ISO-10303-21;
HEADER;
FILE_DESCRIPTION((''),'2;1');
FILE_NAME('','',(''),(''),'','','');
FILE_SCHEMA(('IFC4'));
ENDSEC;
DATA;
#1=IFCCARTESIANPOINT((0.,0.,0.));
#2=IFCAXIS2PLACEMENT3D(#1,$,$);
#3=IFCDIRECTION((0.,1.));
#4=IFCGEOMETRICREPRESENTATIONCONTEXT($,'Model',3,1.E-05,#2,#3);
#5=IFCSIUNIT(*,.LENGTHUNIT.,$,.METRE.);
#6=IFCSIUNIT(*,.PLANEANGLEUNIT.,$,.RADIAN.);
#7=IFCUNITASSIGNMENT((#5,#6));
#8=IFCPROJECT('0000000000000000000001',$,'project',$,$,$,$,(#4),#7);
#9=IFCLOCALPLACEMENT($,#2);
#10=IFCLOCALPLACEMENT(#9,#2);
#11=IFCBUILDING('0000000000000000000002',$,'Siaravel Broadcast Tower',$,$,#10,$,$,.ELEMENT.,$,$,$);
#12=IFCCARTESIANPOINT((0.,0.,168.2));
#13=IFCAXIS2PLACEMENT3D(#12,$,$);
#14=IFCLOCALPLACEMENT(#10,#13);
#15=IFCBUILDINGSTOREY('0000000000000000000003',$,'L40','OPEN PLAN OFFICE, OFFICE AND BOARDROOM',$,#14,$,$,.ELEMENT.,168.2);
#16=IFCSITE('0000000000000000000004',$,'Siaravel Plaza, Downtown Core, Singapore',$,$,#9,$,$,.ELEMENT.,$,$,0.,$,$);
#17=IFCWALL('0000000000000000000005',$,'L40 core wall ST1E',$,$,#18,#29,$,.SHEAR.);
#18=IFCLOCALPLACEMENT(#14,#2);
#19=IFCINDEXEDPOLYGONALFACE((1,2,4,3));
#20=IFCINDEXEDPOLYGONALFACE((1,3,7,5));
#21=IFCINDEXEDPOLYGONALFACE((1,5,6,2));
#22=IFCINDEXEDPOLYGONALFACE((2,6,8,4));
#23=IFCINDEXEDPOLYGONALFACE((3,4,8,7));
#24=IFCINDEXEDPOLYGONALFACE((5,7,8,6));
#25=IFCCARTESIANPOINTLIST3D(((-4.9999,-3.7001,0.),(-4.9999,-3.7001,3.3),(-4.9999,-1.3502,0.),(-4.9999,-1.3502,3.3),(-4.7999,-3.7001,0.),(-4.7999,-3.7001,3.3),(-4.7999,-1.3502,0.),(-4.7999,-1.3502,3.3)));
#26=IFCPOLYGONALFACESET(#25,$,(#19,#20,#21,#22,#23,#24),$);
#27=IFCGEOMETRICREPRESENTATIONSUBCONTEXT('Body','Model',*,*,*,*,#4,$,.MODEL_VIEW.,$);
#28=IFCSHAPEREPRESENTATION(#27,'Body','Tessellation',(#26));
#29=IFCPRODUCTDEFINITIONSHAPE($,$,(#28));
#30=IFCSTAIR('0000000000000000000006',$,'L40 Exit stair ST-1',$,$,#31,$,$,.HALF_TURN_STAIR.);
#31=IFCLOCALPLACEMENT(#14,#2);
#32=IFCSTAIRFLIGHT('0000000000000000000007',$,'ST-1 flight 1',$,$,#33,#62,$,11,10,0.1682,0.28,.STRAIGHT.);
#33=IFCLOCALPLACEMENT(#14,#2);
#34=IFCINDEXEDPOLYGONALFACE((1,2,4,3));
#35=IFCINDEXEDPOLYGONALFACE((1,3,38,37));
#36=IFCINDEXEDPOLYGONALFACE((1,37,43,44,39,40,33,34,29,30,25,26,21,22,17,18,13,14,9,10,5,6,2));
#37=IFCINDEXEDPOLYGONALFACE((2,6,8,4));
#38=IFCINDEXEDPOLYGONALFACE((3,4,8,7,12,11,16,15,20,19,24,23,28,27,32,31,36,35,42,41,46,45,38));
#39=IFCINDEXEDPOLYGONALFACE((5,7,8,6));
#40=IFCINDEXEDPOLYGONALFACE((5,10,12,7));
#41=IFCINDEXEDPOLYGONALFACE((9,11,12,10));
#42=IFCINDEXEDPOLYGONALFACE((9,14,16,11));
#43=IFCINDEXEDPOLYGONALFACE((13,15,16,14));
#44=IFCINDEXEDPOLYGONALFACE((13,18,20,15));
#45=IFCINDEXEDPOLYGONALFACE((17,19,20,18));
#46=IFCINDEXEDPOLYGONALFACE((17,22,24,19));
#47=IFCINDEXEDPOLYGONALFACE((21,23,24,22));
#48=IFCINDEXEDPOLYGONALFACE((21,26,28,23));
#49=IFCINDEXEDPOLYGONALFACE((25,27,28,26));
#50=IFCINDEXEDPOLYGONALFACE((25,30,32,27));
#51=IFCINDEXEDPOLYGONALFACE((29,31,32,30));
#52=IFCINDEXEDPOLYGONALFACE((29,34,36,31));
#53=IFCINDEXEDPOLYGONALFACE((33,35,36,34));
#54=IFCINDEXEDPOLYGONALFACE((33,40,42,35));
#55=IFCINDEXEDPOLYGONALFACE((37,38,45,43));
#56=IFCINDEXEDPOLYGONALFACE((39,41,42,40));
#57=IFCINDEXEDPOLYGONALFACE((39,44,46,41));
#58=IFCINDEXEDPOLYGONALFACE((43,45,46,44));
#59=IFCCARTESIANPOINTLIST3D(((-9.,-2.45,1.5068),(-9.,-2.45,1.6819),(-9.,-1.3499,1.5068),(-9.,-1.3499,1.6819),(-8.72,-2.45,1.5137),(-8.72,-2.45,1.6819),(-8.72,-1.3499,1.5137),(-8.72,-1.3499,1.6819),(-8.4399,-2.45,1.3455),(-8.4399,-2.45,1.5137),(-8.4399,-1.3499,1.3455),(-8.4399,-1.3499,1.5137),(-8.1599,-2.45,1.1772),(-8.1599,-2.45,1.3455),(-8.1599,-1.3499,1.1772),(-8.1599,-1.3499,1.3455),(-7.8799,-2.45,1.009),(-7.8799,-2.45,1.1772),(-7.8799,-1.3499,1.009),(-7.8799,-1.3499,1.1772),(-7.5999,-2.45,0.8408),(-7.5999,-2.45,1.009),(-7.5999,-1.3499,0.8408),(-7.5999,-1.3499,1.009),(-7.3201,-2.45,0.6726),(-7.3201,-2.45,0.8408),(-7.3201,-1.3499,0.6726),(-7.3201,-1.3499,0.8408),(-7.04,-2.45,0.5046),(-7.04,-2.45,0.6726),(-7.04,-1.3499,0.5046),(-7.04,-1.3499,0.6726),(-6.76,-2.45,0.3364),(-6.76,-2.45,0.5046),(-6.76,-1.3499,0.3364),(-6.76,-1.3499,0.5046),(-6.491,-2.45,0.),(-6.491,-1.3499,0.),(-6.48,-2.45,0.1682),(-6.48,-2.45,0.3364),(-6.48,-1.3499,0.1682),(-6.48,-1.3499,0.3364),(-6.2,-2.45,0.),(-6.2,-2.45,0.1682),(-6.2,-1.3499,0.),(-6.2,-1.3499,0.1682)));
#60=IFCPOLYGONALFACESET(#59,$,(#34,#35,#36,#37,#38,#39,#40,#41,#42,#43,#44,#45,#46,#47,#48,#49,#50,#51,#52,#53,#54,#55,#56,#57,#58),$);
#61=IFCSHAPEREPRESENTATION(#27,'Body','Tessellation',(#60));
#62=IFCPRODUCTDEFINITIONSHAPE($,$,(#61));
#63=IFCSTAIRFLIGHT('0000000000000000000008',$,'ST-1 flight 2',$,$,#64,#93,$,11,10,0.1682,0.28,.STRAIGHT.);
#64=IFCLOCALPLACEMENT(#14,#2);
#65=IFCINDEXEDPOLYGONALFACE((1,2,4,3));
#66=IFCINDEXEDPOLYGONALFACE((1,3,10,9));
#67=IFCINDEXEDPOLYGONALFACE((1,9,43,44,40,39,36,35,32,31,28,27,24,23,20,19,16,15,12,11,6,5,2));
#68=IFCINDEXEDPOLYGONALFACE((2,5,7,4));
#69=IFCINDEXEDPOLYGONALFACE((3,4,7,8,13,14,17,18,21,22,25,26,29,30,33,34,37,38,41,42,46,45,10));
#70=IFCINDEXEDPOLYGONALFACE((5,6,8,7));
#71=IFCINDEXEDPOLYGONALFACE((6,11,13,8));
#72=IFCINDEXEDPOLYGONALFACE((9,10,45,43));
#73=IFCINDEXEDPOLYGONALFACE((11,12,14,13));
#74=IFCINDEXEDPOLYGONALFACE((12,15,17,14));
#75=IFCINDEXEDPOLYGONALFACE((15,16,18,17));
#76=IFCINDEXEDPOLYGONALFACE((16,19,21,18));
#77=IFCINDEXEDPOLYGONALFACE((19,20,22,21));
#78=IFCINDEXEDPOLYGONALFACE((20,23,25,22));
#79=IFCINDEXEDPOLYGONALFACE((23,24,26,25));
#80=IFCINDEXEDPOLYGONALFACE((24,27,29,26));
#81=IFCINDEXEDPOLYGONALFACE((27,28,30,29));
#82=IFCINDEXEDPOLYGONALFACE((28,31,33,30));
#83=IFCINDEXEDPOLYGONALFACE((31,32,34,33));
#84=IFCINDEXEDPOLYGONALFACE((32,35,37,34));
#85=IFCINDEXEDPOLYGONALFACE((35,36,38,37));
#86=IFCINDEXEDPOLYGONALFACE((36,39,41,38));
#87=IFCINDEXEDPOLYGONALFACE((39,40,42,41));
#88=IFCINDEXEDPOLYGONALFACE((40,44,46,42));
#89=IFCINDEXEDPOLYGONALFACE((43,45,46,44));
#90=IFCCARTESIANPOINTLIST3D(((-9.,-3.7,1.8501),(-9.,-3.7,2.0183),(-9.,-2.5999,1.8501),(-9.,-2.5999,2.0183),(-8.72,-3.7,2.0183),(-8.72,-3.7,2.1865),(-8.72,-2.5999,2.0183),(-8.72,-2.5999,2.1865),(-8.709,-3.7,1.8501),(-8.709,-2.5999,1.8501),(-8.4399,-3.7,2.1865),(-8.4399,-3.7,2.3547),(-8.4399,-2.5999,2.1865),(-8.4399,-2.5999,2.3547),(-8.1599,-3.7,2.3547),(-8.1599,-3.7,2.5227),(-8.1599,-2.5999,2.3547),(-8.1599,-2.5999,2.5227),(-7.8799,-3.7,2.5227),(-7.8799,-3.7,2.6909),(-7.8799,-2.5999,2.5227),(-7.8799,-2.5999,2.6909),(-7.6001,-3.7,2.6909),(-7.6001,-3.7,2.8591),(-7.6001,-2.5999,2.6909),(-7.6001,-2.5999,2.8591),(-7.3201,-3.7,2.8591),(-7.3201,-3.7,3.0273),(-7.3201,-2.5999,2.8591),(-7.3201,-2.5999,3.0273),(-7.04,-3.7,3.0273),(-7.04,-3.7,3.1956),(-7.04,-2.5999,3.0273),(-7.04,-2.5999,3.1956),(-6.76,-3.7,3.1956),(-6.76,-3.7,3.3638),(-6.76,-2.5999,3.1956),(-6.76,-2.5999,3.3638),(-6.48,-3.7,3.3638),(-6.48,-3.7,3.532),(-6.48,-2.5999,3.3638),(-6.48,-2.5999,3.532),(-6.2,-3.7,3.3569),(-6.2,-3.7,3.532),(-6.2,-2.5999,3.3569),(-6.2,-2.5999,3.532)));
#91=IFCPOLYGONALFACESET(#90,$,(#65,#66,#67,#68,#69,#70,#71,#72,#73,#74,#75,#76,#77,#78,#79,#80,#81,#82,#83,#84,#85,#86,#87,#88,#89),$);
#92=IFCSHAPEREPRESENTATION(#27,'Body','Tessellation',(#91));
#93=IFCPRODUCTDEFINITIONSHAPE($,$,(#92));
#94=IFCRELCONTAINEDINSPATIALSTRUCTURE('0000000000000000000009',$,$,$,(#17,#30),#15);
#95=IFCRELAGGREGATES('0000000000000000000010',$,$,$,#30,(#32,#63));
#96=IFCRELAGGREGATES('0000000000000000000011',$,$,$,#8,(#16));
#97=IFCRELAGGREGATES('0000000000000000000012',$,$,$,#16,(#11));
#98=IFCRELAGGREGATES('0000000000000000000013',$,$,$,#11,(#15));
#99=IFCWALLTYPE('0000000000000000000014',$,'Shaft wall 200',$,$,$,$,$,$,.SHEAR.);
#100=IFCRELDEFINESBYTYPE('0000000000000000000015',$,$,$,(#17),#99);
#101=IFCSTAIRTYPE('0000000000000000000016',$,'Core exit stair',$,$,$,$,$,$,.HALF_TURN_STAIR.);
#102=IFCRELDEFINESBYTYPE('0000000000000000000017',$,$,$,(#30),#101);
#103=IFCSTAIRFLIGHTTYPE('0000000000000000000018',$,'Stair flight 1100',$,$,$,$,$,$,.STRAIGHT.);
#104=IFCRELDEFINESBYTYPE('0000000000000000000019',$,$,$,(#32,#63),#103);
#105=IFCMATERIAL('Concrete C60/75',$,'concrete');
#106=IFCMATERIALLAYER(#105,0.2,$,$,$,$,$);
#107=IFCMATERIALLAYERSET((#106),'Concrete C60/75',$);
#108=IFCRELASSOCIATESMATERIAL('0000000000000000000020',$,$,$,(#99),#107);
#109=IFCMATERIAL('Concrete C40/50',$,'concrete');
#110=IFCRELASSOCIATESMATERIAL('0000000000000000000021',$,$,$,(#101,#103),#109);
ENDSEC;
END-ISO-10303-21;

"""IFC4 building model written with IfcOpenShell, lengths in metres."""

from ifc_helpers import new_model, si_unit, direction, frame, frame_2d, origin, place, context, subcontext, project, spatial, polyline, rectangle, outline, extrude, material, layer, layer_set, type_object, element, aggregate, save


model = new_model("IFC4")

# Units and contexts
model_context = context("Model", 3, precision=1e-05, world=origin(), true_north=direction((0.0, 1.0)))
body_context = subcontext(model_context, "Body", "Model", "MODEL_VIEW")
ifc_project = project(units=[si_unit("LENGTHUNIT", "METRE"), si_unit("PLANEANGLEUNIT", "RADIAN")], contexts=[model_context])

# Site, building, storey
site_placement = place(None, origin())
site = spatial("IfcSite", under=ifc_project, at=site_placement, Name="Siaravel Plaza, Downtown Core, Singapore", CompositionType="ELEMENT", RefElevation=0.0)
building_placement = place(site_placement, origin())
building = spatial("IfcBuilding", under=site, at=building_placement, Name="Siaravel Broadcast Tower", CompositionType="ELEMENT")
storey_placement = place(building_placement, frame((0.0, 0.0, 168.2)))
storey = spatial("IfcBuildingStorey", under=building, at=storey_placement, Name="L40", Description="OPEN PLAN OFFICE, OFFICE AND BOARDROOM", CompositionType="ELEMENT", Elevation=168.2)

# Shared definitions
ifc_material_1 = material(Name="Concrete C60/75", Category="concrete")

# Shared definitions
ifc_layer_1 = layer(ifc_material_1, 0.2)
ifc_layer_set_1 = layer_set([ifc_layer_1], Name="Concrete C60/75")
wall_type_1 = type_object("IfcWallType", Name="Shaft wall 200", PredefinedType="SHEAR", material=ifc_layer_set_1)

# Wall
wall_1_placement = place(storey_placement, frame((-4.8999, -3.7, 0.0), z_axis=(0.0, 0.0, 1.0), x_axis=(0.0, 1.0, 0.0)))
element("IfcWall", 1, at=wall_1_placement, inside=storey, type_object=wall_type_1, Name="L40 core wall ST1E", PredefinedType="SHEAR", context=body_context, shape_type="SweptSolid", body=[
    extrude(rectangle(XDim=2.3499, YDim=0.2, at=frame_2d((1.1748, 0.0))), origin(), (0.0, 0.0, 1.0), 3.3),
])

# Stair, stair flights
ifc_material_2 = material(Name="Concrete C40/50", Category="concrete")
stair_type = type_object("IfcStairType", Name="Core exit stair", PredefinedType="HALF_TURN_STAIR", material=ifc_material_2)
stair_placement = place(storey_placement, origin())
stair = element("IfcStair", 2, at=stair_placement, inside=storey, type_object=stair_type, Name="L40 Exit stair ST-1", PredefinedType="HALF_TURN_STAIR")
stair_flight_type = type_object("IfcStairFlightType", Name="Stair flight 1100", PredefinedType="STRAIGHT", material=ifc_material_2)
stair_flight_1_placement = place(storey_placement, frame((-6.2, -1.8999, 0.0), z_axis=(0.0, 0.0, 1.0), x_axis=(-1.0, 0.0, 0.0)))
stair_flight_1 = element("IfcStairFlight", 3, at=stair_flight_1_placement, type_object=stair_flight_type, Name="ST-1 flight 1", NumberOfRisers=11, NumberOfTreads=10, PredefinedType="STRAIGHT", RiserHeight=0.1682, TreadLength=0.28, context=body_context, shape_type="SweptSolid", body=[
    extrude(outline(polyline([(0.0, 0.0), (0.0, 0.1682), (0.28, 0.1682), (0.28, 0.3364), (0.5601, 0.3364), (0.5601, 0.5046), (0.8401, 0.5046), (0.8401, 0.6726), (1.1201, 0.6726), (1.1201, 0.8408), (1.3999, 0.8408), (1.3999, 1.009), (1.6799, 1.009), (1.6799, 1.1772), (1.96, 1.1772), (1.96, 1.3455), (2.24, 1.3455), (2.24, 1.5137), (2.52, 1.5137), (2.52, 1.6819), (2.8, 1.6819), (2.8, 1.8501), (2.8, 1.5068), (0.291, 0.0), (0.0, 0.0)])), frame((0.0, 0.55, 0.0), z_axis=(0.0, -1.0, 0.0), x_axis=(1.0, 0.0, 0.0)), (0.0, 0.0, 1.0), 1.1001),
])
stair_flight_2_placement = place(storey_placement, frame((-9.0, -3.1499, 1.8501), z_axis=(0.0, 0.0, 1.0), x_axis=(1.0, 0.0, 0.0)))
stair_flight_2 = element("IfcStairFlight", 4, at=stair_flight_2_placement, type_object=stair_flight_type, Name="ST-1 flight 2", NumberOfRisers=11, NumberOfTreads=10, PredefinedType="STRAIGHT", RiserHeight=0.1682, TreadLength=0.28, context=body_context, shape_type="SweptSolid", body=[
    extrude(outline(polyline([(0.0, 0.0), (0.0, 0.1682), (0.28, 0.1682), (0.28, 0.3364), (0.5601, 0.3364), (0.5601, 0.5046), (0.8401, 0.5046), (0.8401, 0.6726), (1.1201, 0.6726), (1.1201, 0.8408), (1.3999, 0.8408), (1.3999, 1.009), (1.6799, 1.009), (1.6799, 1.1772), (1.96, 1.1772), (1.96, 1.3455), (2.24, 1.3455), (2.24, 1.5137), (2.52, 1.5137), (2.52, 1.6819), (2.8, 1.6819), (2.8, 1.8501), (2.8, 1.5068), (0.291, 0.0), (0.0, 0.0)])), frame((0.0, 0.55, 0.0), z_axis=(0.0, -1.0, 0.0), x_axis=(1.0, 0.0, 0.0)), (0.0, 0.0, 1.0), 1.1001),
])
aggregate(stair, [stair_flight_1, stair_flight_2])

save(model, "model.ifc")
